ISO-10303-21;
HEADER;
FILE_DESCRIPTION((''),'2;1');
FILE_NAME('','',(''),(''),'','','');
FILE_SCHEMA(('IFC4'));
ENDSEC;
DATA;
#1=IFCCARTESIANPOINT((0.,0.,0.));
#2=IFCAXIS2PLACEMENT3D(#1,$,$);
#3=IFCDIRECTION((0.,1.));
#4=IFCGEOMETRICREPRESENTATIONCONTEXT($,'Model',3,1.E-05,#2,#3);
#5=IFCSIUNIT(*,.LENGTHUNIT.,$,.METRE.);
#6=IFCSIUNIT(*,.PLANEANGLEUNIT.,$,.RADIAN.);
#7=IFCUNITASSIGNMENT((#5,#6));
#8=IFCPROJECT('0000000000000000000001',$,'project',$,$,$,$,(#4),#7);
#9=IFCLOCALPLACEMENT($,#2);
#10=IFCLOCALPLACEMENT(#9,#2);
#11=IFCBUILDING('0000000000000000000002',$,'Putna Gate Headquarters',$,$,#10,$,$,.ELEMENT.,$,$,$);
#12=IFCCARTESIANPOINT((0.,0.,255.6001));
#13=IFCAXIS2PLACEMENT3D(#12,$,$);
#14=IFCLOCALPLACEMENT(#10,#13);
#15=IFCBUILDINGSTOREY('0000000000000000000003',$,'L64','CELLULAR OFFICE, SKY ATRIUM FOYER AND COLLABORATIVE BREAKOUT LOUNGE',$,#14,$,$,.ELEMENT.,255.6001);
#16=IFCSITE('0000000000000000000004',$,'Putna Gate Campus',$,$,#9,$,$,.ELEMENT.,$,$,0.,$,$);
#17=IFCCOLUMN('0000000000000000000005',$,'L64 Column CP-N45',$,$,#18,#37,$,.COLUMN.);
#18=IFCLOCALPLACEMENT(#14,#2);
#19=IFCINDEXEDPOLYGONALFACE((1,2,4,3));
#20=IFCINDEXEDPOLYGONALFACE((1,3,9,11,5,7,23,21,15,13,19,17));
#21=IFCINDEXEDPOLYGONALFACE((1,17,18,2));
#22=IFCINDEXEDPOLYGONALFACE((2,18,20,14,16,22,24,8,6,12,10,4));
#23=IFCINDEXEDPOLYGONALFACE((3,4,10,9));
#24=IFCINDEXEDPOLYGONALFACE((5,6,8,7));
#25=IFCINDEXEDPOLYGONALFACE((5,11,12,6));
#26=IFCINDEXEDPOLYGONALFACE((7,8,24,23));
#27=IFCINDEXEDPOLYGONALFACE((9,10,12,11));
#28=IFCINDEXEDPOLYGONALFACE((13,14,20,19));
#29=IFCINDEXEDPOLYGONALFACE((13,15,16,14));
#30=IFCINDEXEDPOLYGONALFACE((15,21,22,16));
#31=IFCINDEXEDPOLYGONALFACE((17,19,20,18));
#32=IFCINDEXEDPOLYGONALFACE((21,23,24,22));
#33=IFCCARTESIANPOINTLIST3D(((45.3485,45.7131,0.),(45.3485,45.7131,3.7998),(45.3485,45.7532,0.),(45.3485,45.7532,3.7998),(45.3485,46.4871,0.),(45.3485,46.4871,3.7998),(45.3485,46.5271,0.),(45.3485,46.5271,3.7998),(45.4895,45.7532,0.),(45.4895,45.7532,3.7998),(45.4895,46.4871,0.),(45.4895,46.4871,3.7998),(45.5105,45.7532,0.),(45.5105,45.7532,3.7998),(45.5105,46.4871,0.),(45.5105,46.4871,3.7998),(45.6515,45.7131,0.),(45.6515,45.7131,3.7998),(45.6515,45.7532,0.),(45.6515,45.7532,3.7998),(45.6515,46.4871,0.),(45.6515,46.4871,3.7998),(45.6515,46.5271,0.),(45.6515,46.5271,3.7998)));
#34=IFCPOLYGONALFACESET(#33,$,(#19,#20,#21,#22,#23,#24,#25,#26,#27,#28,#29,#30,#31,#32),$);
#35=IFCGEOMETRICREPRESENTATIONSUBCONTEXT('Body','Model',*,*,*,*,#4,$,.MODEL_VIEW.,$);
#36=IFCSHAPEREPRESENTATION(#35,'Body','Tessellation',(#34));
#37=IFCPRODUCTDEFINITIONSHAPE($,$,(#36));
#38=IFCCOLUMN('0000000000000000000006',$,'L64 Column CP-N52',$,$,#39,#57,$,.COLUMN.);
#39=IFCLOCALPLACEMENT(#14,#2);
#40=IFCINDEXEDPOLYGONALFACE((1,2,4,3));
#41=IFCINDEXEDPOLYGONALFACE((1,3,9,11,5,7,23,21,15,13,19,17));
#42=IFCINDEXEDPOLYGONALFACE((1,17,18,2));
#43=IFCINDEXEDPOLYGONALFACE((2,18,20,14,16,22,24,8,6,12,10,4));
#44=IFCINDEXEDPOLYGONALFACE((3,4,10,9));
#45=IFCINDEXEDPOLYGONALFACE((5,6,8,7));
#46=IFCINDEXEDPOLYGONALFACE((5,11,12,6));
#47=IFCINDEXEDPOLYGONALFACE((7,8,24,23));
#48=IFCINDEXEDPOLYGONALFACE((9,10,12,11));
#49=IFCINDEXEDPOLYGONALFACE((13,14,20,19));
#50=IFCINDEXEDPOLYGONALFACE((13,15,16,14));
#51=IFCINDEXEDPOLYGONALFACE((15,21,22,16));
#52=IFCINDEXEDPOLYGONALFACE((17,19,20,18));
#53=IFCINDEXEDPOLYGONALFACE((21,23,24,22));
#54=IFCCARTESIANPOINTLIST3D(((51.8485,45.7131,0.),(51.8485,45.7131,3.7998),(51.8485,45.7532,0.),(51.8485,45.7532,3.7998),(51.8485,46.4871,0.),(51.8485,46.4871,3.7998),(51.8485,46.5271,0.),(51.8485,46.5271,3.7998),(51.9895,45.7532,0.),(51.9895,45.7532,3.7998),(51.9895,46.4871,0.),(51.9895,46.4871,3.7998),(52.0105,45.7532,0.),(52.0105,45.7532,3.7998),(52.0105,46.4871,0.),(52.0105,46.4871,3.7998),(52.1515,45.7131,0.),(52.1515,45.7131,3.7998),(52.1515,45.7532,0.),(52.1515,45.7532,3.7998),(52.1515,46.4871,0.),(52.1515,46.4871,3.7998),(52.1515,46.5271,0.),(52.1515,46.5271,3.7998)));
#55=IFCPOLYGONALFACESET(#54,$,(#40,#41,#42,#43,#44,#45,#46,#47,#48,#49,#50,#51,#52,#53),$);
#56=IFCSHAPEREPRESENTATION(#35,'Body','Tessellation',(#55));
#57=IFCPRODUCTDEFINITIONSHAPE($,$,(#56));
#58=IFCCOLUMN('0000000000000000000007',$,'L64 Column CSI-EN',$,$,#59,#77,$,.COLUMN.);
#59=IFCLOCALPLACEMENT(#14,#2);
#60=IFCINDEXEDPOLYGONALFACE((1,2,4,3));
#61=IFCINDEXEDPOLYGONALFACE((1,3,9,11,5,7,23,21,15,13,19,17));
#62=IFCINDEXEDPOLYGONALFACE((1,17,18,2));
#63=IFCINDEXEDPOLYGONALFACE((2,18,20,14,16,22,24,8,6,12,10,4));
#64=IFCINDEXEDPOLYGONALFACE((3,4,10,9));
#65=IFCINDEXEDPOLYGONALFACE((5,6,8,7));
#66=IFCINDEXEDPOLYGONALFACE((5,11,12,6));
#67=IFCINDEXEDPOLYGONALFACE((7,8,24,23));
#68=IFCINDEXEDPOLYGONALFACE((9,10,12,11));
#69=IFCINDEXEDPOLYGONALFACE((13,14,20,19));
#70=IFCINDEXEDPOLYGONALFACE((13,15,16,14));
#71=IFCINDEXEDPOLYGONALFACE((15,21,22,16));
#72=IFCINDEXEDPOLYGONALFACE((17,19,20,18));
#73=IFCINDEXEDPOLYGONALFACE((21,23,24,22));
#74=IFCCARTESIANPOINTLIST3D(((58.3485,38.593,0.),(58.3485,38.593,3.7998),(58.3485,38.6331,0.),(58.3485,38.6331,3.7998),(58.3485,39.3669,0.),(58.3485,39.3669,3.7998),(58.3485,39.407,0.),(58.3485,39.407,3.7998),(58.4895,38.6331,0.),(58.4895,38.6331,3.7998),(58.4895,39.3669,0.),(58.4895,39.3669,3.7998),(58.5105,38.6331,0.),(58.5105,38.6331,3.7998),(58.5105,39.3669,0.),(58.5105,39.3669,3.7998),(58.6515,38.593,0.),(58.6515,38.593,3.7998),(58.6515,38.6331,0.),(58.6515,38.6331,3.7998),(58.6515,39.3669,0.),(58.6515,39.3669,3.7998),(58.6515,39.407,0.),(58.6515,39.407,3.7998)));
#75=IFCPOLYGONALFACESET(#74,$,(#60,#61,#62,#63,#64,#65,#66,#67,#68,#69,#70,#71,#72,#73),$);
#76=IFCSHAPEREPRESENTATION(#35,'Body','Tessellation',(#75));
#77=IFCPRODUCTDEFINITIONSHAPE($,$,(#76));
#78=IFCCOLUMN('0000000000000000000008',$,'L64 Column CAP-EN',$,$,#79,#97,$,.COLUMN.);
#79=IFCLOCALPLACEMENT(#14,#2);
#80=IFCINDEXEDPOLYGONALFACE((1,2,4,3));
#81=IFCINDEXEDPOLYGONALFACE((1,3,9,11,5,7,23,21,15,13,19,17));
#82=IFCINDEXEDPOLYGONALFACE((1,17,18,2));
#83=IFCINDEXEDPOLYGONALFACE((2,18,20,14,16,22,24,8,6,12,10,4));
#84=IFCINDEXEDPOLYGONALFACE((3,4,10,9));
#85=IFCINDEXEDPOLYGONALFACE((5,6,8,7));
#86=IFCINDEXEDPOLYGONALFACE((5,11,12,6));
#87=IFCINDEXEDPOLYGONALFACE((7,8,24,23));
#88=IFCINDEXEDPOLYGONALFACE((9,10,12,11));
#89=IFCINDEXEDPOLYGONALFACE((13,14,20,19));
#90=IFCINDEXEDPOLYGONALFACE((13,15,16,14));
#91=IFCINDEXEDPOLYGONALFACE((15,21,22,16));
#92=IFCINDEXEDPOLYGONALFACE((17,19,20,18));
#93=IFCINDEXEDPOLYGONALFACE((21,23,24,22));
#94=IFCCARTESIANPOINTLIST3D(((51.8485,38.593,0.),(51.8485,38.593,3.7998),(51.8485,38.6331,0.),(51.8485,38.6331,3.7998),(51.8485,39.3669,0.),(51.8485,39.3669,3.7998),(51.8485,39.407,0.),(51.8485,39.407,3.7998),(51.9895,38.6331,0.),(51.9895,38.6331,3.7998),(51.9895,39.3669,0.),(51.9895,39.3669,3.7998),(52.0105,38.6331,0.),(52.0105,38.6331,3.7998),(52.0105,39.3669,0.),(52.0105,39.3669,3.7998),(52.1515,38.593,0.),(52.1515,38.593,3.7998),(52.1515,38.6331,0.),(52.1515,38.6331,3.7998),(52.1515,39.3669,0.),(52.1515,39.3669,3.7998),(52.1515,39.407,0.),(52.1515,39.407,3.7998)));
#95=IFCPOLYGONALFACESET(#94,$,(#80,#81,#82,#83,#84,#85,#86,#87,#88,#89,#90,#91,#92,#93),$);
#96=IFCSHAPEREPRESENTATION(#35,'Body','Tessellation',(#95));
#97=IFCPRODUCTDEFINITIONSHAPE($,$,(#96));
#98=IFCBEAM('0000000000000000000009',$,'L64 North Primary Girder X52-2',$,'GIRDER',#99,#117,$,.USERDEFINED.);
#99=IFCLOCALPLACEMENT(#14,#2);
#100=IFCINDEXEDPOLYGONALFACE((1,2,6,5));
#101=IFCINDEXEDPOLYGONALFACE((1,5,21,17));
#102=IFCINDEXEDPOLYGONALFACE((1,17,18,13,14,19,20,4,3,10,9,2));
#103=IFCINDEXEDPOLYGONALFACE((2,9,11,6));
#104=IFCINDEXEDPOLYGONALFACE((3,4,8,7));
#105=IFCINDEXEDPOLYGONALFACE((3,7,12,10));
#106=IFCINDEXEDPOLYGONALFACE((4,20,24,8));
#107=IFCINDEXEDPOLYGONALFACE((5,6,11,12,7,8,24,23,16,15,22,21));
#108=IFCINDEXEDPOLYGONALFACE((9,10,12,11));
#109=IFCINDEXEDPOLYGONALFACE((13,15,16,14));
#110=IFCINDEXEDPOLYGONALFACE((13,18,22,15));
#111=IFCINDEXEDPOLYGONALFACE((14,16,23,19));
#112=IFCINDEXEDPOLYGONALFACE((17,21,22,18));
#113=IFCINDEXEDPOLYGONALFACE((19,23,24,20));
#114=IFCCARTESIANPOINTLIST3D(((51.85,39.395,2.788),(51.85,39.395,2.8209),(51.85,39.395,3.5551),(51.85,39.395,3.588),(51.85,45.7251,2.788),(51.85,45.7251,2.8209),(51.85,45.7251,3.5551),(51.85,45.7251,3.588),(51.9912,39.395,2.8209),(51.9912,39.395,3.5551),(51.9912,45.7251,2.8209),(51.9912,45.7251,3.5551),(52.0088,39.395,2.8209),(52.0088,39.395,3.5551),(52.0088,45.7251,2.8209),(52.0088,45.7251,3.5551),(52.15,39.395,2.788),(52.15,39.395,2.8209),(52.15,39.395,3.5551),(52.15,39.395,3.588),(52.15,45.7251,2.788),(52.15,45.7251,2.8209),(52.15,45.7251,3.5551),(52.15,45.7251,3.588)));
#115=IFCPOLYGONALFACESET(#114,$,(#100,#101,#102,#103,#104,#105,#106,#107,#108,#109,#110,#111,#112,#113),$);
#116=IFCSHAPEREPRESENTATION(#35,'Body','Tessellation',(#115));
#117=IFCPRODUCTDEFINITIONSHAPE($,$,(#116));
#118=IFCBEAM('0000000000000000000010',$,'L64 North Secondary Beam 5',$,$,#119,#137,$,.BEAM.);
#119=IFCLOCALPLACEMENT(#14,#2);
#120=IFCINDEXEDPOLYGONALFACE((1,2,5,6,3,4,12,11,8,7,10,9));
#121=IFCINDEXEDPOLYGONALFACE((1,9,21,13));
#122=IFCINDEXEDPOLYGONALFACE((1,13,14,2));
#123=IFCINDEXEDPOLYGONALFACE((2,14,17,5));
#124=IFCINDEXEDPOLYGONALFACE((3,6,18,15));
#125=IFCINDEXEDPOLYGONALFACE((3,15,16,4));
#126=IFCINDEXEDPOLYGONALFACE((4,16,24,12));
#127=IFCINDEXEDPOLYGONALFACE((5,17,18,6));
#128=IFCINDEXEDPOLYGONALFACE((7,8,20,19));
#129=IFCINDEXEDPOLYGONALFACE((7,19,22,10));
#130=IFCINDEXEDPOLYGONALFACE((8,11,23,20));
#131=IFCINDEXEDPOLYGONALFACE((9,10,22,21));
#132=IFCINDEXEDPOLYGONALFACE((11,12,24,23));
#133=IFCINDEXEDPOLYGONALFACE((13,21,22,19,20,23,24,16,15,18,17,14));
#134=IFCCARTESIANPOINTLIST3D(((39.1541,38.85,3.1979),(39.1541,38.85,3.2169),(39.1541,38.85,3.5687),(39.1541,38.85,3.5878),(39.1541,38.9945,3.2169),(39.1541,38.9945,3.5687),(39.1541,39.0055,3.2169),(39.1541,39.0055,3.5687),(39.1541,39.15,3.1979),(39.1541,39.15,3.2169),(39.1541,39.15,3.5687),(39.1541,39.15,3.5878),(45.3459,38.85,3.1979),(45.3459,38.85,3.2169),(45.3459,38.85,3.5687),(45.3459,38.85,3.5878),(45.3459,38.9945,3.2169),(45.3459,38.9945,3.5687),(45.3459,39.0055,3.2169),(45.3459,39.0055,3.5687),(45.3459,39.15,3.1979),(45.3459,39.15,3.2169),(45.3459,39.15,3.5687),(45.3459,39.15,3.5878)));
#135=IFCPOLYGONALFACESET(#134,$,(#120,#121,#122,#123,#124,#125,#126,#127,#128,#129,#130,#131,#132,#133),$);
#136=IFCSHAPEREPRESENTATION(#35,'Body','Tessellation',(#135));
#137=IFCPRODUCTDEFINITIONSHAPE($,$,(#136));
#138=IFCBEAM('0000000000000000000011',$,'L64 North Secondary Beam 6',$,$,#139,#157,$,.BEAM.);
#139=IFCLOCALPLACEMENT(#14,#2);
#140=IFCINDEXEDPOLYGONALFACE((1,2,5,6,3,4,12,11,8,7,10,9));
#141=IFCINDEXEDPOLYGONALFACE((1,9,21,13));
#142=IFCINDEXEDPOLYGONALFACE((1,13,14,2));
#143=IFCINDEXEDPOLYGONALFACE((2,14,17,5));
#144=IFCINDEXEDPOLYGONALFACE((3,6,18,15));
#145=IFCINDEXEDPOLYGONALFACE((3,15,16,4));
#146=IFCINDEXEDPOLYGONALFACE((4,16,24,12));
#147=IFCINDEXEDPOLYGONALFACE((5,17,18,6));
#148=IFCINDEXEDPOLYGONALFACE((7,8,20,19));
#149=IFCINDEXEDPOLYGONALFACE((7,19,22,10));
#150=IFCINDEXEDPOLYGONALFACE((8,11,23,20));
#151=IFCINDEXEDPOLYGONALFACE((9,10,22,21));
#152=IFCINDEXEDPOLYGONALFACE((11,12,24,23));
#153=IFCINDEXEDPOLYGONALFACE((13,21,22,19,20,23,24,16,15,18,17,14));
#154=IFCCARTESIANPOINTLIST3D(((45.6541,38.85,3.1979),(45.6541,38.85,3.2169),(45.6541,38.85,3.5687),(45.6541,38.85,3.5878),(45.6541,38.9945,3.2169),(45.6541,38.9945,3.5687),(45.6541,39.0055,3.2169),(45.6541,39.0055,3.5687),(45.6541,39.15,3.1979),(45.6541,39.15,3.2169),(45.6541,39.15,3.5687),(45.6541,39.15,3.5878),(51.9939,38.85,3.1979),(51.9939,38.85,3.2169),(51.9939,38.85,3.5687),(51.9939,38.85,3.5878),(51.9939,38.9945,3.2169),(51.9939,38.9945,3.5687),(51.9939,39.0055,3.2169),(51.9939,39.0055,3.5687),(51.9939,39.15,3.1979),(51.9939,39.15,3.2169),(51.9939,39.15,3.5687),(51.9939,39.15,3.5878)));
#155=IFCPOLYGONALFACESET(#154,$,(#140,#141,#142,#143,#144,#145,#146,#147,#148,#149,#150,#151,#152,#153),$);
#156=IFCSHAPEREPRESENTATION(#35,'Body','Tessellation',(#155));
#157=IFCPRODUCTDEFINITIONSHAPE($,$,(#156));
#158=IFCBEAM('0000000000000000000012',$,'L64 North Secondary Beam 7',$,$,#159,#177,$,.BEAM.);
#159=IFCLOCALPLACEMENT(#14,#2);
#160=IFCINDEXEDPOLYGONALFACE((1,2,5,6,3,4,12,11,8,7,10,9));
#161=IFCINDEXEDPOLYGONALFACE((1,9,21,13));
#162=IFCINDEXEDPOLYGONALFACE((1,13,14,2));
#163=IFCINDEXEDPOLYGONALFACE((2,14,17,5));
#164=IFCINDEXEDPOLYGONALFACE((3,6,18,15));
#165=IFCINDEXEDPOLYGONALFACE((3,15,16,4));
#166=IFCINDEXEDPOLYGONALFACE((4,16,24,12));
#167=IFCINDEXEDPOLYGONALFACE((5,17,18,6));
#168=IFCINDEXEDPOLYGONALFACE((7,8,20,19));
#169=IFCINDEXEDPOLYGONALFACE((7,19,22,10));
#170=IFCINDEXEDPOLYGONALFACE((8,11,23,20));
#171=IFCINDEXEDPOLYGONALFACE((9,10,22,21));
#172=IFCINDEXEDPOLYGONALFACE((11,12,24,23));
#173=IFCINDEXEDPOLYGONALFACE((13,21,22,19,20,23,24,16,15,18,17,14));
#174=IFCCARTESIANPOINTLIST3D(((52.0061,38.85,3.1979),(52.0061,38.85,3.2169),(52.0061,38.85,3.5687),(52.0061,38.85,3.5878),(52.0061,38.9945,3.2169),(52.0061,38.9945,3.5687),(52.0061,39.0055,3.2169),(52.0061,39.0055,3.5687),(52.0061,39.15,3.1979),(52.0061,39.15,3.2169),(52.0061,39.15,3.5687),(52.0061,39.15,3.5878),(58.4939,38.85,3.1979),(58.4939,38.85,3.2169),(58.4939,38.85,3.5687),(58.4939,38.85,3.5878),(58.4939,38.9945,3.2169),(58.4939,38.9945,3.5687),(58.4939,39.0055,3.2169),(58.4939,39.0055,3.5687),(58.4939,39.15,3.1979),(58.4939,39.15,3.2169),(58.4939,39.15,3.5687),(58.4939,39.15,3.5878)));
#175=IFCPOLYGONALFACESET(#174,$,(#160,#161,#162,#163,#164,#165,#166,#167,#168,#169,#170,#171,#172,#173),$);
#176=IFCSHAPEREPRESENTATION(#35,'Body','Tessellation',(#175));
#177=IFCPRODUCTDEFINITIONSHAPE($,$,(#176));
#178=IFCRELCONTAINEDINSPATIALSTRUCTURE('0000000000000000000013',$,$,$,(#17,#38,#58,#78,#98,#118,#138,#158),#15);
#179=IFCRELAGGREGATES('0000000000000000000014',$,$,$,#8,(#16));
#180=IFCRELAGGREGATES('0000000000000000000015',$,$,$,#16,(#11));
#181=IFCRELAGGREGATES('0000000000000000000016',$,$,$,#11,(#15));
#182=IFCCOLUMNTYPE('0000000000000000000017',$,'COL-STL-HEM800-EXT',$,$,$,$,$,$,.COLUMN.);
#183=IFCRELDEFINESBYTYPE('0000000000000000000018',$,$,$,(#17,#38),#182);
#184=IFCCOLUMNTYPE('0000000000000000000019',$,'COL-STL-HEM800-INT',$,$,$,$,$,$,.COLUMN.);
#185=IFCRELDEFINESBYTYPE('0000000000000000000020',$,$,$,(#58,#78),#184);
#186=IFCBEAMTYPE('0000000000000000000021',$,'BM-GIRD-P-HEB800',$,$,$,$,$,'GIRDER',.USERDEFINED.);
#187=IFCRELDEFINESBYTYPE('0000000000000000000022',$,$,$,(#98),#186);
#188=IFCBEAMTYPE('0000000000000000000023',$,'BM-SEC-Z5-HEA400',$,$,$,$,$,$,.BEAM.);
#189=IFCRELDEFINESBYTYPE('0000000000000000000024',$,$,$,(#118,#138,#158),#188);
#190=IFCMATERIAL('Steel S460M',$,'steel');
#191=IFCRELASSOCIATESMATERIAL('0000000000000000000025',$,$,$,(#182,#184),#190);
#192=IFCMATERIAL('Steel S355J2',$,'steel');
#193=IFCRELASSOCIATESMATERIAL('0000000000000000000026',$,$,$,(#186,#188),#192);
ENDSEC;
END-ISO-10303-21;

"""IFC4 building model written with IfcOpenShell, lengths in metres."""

from ifc_helpers import new_model, si_unit, direction, frame, origin, origin_2d, place, context, subcontext, project, spatial, i_section, extrude, material, material_profile, profile_set, type_object, element, save


model = new_model("IFC4")

# Units and contexts
model_context = context("Model", 3, precision=1e-05, world=origin(), true_north=direction((0.0, 1.0)))
body_context = subcontext(model_context, "Body", "Model", "MODEL_VIEW")
ifc_project = project(units=[si_unit("LENGTHUNIT", "METRE"), si_unit("PLANEANGLEUNIT", "RADIAN")], contexts=[model_context])

# Site, building, storey
site_placement = place(None, origin())
site = spatial("IfcSite", under=ifc_project, at=site_placement, Name="Putna Gate Campus", CompositionType="ELEMENT", RefElevation=0.0)
building_placement = place(site_placement, origin())
building = spatial("IfcBuilding", under=site, at=building_placement, Name="Putna Gate Headquarters", CompositionType="ELEMENT")
storey_placement = place(building_placement, frame((0.0, 0.0, 255.6001)))
storey = spatial("IfcBuildingStorey", under=building, at=storey_placement, Name="L64", Description="CELLULAR OFFICE, SKY ATRIUM FOYER AND COLLABORATIVE BREAKOUT LOUNGE", CompositionType="ELEMENT", Elevation=255.6001)

# Columns
ifc_material_1 = material(Name="Steel S460M", Category="steel")
ifc_material_profile_1 = material_profile(ifc_material_1, i_section(OverallWidth=0.303, OverallDepth=0.814, WebThickness=0.021, FlangeThickness=0.04, at=origin_2d()), Name="Steel S460M")
ifc_profile_set_1 = profile_set([ifc_material_profile_1], Name="Steel S460M")
column_type_1 = type_object("IfcColumnType", Name="COL-STL-HEM800-EXT", PredefinedType="COLUMN", material=ifc_profile_set_1)
for number, where, z_axis, x_axis, name in (
    (1, (45.5, 46.1201, 0.0), (0.0, 0.0, 1.0), (1.0, 0.0, 0.0), "L64 Column CP-N45"),
    (2, (52.0, 46.1201, 0.0), (0.0, 0.0, 1.0), (1.0, 0.0, 0.0), "L64 Column CP-N52"),
):
    element("IfcColumn", number, at=place(storey_placement, frame(where, z_axis=z_axis, x_axis=x_axis)), inside=storey, type_object=column_type_1, Name=name, PredefinedType="COLUMN", context=body_context, shape_type="SweptSolid", body=[
        extrude(i_section(OverallWidth=0.303, OverallDepth=0.814, WebThickness=0.021, FlangeThickness=0.04, at=origin_2d()), origin(), (0.0, 0.0, 1.0), 3.7998),
    ])
ifc_material_profile_2 = material_profile(ifc_material_1, i_section(OverallWidth=0.303, OverallDepth=0.814, WebThickness=0.021, FlangeThickness=0.04, at=origin_2d()), Name="Steel S460M")
ifc_profile_set_2 = profile_set([ifc_material_profile_2], Name="Steel S460M")
column_type_2 = type_object("IfcColumnType", Name="COL-STL-HEM800-INT", PredefinedType="COLUMN", material=ifc_profile_set_2)
for number, where, z_axis, x_axis, name in (
    (3, (58.5, 39.0, 0.0), (0.0, 0.0, 1.0), (1.0, 0.0, 0.0), "L64 Column CSI-EN"),
    (4, (52.0, 39.0, 0.0), (0.0, 0.0, 1.0), (1.0, 0.0, 0.0), "L64 Column CAP-EN"),
):
    element("IfcColumn", number, at=place(storey_placement, frame(where, z_axis=z_axis, x_axis=x_axis)), inside=storey, type_object=column_type_2, Name=name, PredefinedType="COLUMN", context=body_context, shape_type="SweptSolid", body=[
        extrude(i_section(OverallWidth=0.303, OverallDepth=0.814, WebThickness=0.021, FlangeThickness=0.04, at=origin_2d()), origin(), (0.0, 0.0, 1.0), 3.7998),
    ])

# Beams
ifc_material_2 = material(Name="Steel S355J2", Category="steel")
ifc_material_profile_3 = material_profile(ifc_material_2, i_section(OverallWidth=0.3, OverallDepth=0.8, WebThickness=0.0176, FlangeThickness=0.033, at=origin_2d()), Name="Steel S355J2")
ifc_profile_set_3 = profile_set([ifc_material_profile_3], Name="Steel S355J2")
beam_type_1 = type_object("IfcBeamType", Name="BM-GIRD-P-HEB800", ElementType="GIRDER", PredefinedType="USERDEFINED", material=ifc_profile_set_3)
beam_1_placement = place(storey_placement, frame((52.0, 39.395, 3.188), z_axis=(0.0, 1.0, 0.0), x_axis=(-1.0, 0.0, 0.0)))
element("IfcBeam", 5, at=beam_1_placement, inside=storey, type_object=beam_type_1, Name="L64 North Primary Girder X52-2", ObjectType="GIRDER", PredefinedType="USERDEFINED", context=body_context, shape_type="SweptSolid", body=[
    extrude(i_section(OverallWidth=0.3, OverallDepth=0.8, WebThickness=0.0176, FlangeThickness=0.033, at=origin_2d()), origin(), (0.0, 0.0, 1.0), 6.3301),
])
ifc_material_profile_4 = material_profile(ifc_material_2, i_section(OverallWidth=0.3, OverallDepth=0.3899, WebThickness=0.011, FlangeThickness=0.019, at=origin_2d()), Name="Steel S355J2")
ifc_profile_set_4 = profile_set([ifc_material_profile_4], Name="Steel S355J2")
beam_type_2 = type_object("IfcBeamType", Name="BM-SEC-Z5-HEA400", PredefinedType="BEAM", material=ifc_profile_set_4)
beam_2_placement = place(storey_placement, frame((39.1541, 39.0, 3.3928), z_axis=(1.0, 0.0, 0.0), x_axis=(0.0, 1.0, 0.0)))
element("IfcBeam", 6, at=beam_2_placement, inside=storey, type_object=beam_type_2, Name="L64 North Secondary Beam 5", PredefinedType="BEAM", context=body_context, shape_type="SweptSolid", body=[
    extrude(i_section(OverallWidth=0.3, OverallDepth=0.3899, WebThickness=0.011, FlangeThickness=0.019, at=origin_2d()), origin(), (0.0, 0.0, 1.0), 6.1919),
])
beam_3_placement = place(storey_placement, frame((45.6541, 39.0, 3.3928), z_axis=(1.0, 0.0, 0.0), x_axis=(0.0, 1.0, 0.0)))
element("IfcBeam", 7, at=beam_3_placement, inside=storey, type_object=beam_type_2, Name="L64 North Secondary Beam 6", PredefinedType="BEAM", context=body_context, shape_type="SweptSolid", body=[
    extrude(i_section(OverallWidth=0.3, OverallDepth=0.3899, WebThickness=0.011, FlangeThickness=0.019, at=origin_2d()), origin(), (0.0, 0.0, 1.0), 6.3398),
])
beam_4_placement = place(storey_placement, frame((52.0061, 39.0, 3.3928), z_axis=(1.0, 0.0, 0.0), x_axis=(0.0, 1.0, 0.0)))
element("IfcBeam", 8, at=beam_4_placement, inside=storey, type_object=beam_type_2, Name="L64 North Secondary Beam 7", PredefinedType="BEAM", context=body_context, shape_type="SweptSolid", body=[
    extrude(i_section(OverallWidth=0.3, OverallDepth=0.3899, WebThickness=0.011, FlangeThickness=0.019, at=origin_2d()), origin(), (0.0, 0.0, 1.0), 6.4878),
])

save(model, "model.ifc")
